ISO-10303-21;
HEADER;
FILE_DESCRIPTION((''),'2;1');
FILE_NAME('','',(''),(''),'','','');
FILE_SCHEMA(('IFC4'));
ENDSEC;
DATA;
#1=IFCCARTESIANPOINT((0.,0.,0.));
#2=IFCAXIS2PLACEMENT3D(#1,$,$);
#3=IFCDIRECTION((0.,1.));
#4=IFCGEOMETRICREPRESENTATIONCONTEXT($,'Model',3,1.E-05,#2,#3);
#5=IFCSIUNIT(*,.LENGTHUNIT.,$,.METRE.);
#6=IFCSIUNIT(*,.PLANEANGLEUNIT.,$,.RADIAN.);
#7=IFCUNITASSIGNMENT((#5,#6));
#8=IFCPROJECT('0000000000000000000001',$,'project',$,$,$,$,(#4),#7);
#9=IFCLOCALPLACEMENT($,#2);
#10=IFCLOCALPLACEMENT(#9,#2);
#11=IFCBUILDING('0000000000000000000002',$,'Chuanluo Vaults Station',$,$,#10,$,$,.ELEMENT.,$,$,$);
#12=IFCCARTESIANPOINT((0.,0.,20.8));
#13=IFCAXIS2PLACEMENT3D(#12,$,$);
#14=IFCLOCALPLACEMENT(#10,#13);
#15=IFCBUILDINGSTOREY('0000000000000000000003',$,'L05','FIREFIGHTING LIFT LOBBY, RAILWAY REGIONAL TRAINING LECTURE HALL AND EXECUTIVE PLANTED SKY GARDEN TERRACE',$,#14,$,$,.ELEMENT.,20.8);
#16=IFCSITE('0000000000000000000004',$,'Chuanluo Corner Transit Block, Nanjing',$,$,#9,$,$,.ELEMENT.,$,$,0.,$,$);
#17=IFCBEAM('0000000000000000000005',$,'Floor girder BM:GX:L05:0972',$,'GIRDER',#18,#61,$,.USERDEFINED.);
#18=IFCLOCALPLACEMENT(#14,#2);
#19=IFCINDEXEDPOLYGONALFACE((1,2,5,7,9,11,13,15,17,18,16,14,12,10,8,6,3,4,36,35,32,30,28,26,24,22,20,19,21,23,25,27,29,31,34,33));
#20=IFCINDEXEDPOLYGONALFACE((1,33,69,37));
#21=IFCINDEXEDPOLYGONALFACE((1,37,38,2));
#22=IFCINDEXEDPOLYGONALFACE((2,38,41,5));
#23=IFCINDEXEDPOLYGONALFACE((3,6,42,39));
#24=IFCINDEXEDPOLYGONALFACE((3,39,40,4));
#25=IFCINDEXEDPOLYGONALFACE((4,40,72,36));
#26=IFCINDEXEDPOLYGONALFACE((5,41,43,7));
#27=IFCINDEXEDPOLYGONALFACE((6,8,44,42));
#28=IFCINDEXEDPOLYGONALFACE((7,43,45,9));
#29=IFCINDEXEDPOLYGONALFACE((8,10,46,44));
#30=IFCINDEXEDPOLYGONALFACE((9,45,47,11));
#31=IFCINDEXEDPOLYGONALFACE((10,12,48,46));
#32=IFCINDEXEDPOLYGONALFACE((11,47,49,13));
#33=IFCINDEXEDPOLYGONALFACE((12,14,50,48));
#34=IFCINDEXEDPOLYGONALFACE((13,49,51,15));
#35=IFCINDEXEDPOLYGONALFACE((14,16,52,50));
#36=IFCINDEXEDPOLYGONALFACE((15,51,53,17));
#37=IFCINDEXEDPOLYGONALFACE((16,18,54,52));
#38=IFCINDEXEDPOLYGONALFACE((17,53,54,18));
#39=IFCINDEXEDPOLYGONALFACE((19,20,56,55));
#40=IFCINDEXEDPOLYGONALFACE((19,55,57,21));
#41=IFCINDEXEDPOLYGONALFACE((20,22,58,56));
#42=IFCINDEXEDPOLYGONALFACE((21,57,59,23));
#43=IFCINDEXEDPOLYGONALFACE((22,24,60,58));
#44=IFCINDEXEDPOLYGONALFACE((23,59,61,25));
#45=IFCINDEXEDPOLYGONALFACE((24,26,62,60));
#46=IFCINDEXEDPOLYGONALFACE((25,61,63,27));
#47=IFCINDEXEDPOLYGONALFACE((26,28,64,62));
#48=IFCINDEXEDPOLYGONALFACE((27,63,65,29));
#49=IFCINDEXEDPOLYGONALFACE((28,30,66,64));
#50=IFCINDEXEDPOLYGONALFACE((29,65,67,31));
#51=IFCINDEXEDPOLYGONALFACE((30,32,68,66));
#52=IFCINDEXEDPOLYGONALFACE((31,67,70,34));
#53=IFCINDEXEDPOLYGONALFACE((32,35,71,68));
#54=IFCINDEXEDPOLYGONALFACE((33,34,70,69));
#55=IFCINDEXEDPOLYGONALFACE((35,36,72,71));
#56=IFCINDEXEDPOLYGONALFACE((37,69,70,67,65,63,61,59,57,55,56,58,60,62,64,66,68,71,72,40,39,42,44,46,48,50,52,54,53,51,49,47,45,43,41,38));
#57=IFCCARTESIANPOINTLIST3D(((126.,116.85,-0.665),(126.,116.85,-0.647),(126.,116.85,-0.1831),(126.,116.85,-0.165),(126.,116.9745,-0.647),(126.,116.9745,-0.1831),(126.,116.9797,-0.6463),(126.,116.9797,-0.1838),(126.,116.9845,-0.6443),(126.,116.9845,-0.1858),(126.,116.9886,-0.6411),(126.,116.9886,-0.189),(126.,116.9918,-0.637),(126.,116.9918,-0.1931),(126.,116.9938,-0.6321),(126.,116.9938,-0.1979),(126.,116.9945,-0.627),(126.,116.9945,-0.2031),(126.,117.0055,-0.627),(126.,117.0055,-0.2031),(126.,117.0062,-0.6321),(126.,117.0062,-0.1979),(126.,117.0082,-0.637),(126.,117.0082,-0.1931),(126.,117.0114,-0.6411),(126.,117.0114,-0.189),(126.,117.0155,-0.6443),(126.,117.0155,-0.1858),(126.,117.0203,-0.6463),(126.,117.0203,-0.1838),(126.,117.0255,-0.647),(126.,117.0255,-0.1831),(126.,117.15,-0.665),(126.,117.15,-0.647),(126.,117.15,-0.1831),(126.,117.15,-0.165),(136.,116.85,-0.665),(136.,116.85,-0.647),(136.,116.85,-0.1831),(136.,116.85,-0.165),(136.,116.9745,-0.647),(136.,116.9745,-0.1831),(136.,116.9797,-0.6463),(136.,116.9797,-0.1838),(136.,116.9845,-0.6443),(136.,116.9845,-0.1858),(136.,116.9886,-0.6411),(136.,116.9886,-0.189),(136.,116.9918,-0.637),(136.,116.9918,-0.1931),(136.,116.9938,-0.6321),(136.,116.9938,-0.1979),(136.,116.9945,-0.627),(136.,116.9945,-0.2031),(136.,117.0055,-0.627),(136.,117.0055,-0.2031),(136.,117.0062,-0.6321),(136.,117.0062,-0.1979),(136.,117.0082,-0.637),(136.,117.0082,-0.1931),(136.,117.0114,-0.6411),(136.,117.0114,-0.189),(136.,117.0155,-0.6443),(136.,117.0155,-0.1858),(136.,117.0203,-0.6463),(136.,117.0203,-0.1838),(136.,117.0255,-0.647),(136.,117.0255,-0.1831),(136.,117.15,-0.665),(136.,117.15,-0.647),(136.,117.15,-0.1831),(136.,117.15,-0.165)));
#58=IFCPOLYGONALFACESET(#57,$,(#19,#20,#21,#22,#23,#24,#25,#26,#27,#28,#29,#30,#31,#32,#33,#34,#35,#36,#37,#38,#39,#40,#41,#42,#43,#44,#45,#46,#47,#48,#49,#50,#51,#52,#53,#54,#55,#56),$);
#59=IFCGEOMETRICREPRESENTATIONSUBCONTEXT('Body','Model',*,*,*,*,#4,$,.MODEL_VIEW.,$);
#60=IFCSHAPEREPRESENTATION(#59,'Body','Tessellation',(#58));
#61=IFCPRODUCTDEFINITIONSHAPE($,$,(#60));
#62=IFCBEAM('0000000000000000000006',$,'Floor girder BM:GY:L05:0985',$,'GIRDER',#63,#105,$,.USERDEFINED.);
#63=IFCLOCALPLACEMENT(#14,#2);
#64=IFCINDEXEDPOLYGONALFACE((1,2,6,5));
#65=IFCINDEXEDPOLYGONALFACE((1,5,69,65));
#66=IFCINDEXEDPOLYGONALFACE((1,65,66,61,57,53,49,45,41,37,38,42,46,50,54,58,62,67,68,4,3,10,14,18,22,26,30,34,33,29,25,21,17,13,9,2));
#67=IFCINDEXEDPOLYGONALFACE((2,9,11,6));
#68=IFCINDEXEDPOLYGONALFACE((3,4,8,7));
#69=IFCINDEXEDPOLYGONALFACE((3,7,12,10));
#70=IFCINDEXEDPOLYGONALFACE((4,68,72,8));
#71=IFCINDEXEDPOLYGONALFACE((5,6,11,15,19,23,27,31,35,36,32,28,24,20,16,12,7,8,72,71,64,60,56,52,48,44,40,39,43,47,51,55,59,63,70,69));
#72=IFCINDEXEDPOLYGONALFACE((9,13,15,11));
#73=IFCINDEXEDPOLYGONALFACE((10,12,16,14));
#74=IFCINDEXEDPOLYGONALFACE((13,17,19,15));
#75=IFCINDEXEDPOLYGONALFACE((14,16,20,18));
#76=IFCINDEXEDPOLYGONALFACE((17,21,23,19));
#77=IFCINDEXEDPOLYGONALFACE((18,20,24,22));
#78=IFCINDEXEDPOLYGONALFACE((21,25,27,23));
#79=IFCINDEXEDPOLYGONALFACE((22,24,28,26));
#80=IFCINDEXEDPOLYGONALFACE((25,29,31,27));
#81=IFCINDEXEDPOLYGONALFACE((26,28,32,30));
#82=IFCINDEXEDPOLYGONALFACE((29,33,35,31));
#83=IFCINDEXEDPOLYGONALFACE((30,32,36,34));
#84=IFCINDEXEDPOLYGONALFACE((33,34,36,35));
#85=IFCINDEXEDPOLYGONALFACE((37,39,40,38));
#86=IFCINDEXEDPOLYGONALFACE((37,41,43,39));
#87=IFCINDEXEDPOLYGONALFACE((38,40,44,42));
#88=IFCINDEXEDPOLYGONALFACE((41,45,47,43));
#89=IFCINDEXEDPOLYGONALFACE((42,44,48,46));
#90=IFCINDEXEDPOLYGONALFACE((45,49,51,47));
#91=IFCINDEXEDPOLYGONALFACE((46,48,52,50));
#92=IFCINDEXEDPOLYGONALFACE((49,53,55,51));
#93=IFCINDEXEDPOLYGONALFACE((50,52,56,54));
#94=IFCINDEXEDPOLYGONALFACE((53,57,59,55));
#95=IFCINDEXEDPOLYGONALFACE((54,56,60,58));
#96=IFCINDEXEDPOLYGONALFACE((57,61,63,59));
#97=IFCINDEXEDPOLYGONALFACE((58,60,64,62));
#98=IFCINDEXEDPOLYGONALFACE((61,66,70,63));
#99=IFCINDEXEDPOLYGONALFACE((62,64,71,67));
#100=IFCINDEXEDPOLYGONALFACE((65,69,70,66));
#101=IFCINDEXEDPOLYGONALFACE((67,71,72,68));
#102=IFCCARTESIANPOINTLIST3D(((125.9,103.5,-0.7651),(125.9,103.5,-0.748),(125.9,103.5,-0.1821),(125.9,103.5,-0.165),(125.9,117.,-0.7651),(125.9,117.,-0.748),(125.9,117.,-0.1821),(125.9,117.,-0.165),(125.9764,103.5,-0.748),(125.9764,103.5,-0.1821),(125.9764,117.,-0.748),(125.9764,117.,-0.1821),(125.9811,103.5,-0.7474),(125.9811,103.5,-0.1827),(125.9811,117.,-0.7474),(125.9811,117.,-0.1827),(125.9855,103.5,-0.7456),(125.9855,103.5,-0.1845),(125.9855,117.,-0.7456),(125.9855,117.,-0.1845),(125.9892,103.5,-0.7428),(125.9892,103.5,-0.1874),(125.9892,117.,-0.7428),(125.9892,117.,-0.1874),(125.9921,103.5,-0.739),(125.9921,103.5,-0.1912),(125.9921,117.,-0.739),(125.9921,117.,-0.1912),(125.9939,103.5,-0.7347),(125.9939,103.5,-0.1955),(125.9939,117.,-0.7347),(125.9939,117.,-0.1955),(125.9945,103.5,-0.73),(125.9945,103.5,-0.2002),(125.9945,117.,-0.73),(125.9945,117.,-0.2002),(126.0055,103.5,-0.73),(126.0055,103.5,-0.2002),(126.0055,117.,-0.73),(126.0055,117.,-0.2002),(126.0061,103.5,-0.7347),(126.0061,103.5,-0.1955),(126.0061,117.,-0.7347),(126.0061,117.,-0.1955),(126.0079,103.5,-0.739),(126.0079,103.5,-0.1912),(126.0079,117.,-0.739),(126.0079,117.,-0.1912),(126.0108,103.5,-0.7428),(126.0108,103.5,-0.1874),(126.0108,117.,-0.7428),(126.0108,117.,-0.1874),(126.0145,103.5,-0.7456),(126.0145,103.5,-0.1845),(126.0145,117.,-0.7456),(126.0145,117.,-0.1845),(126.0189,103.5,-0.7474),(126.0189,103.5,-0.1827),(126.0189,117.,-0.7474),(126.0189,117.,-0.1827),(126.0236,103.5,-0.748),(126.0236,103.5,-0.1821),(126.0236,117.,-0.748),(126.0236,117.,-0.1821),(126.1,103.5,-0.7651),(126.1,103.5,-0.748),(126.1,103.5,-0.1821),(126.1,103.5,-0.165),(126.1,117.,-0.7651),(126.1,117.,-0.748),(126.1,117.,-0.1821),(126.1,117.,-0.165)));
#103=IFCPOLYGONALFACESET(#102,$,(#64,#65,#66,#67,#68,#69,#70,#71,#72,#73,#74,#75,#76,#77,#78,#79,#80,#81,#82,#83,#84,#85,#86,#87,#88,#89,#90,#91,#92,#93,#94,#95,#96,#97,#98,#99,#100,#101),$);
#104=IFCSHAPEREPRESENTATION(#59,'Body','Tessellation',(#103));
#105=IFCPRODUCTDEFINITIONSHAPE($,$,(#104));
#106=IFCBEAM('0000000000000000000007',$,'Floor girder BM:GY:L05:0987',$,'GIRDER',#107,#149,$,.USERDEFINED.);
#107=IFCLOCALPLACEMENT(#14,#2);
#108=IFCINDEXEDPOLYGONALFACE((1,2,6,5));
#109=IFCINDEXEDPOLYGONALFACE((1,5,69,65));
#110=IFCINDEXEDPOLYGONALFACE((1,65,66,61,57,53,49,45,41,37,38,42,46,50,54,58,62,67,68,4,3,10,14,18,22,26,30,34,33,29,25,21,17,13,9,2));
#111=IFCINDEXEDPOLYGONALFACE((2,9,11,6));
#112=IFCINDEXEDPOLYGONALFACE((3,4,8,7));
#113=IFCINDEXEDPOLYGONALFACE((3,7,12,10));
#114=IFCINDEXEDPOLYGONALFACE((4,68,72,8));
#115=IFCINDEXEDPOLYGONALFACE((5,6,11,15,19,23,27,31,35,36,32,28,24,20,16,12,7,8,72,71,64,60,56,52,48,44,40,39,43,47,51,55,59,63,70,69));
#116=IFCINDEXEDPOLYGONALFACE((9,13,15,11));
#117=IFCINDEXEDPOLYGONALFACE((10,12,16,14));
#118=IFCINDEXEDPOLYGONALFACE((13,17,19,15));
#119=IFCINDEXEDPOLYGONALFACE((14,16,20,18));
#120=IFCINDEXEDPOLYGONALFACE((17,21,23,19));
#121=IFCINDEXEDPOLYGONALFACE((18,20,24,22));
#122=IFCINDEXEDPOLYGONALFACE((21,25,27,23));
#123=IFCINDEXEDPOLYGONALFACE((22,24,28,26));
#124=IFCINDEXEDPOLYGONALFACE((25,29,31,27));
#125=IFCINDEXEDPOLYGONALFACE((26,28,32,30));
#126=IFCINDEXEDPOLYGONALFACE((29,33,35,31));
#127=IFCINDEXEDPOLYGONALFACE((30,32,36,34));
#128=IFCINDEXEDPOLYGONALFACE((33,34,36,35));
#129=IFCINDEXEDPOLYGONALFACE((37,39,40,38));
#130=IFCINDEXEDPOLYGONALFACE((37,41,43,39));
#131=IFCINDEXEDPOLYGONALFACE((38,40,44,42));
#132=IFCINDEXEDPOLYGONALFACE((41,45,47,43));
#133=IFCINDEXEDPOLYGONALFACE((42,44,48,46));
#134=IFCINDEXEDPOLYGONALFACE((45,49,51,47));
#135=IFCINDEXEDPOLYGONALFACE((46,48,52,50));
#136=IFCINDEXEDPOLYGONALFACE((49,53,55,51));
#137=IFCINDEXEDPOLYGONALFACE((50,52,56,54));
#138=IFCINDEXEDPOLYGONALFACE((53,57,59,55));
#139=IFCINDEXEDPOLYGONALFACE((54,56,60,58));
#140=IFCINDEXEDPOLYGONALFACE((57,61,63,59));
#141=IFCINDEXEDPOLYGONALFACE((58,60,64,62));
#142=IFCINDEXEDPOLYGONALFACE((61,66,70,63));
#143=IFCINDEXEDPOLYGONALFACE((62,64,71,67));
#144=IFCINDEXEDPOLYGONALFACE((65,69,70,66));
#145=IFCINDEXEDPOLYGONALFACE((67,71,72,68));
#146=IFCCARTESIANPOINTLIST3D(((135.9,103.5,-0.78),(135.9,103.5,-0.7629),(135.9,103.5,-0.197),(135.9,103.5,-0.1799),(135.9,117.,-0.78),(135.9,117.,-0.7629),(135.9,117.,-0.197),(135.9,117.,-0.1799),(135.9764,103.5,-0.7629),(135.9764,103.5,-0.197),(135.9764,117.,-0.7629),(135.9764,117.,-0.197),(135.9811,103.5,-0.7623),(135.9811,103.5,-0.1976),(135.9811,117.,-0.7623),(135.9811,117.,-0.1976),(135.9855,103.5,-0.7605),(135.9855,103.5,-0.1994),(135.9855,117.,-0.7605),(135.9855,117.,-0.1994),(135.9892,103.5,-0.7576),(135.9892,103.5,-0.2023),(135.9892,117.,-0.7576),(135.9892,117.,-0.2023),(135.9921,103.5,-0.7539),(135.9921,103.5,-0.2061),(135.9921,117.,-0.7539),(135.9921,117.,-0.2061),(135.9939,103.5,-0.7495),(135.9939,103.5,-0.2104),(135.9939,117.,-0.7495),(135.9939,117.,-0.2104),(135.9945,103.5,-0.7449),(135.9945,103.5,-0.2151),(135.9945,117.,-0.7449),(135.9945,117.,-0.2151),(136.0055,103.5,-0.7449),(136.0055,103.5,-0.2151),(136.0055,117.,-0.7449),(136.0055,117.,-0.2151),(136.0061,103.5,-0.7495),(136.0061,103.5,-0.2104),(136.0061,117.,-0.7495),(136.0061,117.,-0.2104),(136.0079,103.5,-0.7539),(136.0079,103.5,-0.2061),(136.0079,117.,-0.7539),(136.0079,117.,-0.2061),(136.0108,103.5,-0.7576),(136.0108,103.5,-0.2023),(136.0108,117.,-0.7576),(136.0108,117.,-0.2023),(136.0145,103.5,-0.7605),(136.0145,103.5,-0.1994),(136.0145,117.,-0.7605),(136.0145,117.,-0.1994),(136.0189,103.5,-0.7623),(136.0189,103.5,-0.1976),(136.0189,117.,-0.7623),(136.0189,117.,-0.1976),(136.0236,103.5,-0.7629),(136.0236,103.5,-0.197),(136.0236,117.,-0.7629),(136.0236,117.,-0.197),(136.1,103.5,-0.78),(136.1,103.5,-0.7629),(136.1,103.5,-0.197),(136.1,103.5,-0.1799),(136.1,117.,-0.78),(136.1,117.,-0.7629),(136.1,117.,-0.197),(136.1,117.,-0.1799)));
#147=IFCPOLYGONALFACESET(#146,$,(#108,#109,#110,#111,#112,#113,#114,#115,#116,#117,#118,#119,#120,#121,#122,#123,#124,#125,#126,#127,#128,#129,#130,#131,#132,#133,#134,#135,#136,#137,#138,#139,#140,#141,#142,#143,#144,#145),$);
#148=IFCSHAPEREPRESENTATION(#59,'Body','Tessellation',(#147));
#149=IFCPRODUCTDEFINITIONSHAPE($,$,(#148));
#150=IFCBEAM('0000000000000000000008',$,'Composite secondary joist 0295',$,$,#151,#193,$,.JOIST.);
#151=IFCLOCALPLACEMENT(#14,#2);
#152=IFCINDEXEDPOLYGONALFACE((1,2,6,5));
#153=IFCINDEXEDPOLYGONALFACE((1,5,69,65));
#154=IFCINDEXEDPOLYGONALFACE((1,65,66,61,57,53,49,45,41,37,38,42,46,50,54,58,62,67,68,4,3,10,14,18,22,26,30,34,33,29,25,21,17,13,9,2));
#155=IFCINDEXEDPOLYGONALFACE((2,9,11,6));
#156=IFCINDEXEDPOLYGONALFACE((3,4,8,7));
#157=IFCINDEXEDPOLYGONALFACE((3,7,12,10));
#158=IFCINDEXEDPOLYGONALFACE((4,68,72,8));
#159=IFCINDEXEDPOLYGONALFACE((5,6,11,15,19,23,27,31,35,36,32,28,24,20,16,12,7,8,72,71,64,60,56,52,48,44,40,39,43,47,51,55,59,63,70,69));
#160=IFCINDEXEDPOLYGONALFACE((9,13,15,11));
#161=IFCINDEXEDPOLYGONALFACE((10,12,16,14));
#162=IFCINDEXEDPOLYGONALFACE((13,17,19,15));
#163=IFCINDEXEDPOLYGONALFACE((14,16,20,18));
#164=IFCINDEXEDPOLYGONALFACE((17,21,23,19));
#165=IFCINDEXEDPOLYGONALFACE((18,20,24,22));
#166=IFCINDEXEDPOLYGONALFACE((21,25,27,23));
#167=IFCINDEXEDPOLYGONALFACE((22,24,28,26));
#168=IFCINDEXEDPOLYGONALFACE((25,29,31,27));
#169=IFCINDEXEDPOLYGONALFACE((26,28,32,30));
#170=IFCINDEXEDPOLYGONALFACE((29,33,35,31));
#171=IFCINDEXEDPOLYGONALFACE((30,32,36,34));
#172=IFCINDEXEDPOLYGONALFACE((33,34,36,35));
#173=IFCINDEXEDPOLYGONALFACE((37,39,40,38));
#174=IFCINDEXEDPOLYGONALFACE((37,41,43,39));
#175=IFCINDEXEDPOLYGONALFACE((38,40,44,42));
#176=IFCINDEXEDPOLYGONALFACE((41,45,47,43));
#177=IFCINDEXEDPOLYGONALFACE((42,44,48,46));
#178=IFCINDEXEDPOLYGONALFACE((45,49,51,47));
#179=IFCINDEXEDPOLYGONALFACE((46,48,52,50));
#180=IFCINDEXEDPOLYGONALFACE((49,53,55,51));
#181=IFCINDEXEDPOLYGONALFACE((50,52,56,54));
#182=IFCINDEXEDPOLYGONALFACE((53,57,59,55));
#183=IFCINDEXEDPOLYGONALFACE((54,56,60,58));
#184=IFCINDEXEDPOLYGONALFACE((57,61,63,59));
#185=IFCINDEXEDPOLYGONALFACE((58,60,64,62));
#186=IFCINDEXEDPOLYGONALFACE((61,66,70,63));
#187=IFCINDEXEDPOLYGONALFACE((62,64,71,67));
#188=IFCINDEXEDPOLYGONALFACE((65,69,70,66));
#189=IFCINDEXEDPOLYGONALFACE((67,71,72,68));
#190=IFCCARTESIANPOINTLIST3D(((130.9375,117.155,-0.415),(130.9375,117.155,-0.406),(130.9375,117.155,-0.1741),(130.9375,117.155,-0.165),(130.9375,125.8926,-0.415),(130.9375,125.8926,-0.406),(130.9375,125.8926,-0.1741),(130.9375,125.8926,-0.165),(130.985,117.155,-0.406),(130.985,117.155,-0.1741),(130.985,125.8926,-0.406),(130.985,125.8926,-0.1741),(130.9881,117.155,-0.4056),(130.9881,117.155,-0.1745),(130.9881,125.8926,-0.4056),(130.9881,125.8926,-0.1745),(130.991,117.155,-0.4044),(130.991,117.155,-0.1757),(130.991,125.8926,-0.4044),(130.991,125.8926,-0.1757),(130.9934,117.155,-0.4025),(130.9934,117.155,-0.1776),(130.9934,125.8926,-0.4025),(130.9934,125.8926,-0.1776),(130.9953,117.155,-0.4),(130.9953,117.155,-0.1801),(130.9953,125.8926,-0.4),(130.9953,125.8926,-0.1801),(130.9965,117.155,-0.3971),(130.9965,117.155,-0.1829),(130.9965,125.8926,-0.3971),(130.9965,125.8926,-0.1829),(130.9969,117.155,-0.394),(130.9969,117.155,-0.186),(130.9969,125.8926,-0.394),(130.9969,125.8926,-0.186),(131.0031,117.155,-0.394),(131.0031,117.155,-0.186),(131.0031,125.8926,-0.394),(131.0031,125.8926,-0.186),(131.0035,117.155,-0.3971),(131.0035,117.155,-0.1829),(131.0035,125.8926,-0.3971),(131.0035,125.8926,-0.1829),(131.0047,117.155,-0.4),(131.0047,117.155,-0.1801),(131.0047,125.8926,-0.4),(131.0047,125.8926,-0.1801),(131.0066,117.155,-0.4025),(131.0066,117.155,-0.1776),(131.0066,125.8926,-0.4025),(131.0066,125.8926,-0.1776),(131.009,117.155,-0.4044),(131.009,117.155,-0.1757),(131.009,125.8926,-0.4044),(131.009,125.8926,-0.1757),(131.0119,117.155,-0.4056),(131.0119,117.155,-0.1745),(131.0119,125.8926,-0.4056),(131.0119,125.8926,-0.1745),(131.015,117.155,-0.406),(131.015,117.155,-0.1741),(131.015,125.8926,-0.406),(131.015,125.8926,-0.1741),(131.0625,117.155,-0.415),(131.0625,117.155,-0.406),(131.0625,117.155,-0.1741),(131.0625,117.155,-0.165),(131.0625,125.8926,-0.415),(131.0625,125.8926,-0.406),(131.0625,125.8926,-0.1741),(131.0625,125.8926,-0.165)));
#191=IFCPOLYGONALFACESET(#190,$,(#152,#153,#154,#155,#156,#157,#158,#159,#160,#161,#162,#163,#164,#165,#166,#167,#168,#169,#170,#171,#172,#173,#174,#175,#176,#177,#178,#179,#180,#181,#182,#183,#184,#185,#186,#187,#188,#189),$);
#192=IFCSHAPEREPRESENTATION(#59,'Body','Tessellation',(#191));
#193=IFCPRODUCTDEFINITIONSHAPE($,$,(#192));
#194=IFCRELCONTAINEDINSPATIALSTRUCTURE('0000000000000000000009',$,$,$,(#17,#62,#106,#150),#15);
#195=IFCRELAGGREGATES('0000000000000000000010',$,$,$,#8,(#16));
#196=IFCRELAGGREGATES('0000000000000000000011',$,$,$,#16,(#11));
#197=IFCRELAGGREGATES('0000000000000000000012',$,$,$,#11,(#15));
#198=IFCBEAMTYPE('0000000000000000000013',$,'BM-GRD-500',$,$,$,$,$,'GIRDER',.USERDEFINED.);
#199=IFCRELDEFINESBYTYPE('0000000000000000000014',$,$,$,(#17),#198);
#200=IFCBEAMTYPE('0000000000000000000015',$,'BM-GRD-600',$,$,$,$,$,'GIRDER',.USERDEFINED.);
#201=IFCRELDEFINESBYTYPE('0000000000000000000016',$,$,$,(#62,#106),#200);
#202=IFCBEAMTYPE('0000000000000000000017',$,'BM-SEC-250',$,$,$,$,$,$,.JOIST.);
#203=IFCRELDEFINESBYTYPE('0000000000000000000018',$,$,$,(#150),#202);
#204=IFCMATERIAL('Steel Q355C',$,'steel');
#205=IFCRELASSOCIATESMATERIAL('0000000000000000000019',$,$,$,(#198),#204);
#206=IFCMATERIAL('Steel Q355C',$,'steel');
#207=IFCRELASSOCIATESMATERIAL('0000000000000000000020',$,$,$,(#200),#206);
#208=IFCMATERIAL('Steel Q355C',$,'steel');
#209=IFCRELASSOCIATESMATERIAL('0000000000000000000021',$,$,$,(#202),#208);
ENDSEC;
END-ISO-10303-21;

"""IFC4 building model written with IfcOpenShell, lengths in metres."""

from ifc_helpers import new_model, si_unit, direction, frame, origin, origin_2d, place, context, subcontext, project, spatial, i_section, extrude, material, material_profile, profile_set, type_object, element, save


model = new_model("IFC4")

# Units and contexts
model_context = context("Model", 3, precision=1e-05, world=origin(), true_north=direction((0.0, 1.0)))
body_context = subcontext(model_context, "Body", "Model", "MODEL_VIEW")
ifc_project = project(units=[si_unit("LENGTHUNIT", "METRE"), si_unit("PLANEANGLEUNIT", "RADIAN")], contexts=[model_context])

# Site, building, storey
site_placement = place(None, origin())
site = spatial("IfcSite", under=ifc_project, at=site_placement, Name="Chuanluo Corner Transit Block, Nanjing", CompositionType="ELEMENT", RefElevation=0.0)
building_placement = place(site_placement, origin())
building = spatial("IfcBuilding", under=site, at=building_placement, Name="Chuanluo Vaults Station", CompositionType="ELEMENT")
storey_placement = place(building_placement, frame((0.0, 0.0, 20.8)))
storey = spatial("IfcBuildingStorey", under=building, at=storey_placement, Name="L05", Description="FIREFIGHTING LIFT LOBBY, RAILWAY REGIONAL TRAINING LECTURE HALL AND EXECUTIVE PLANTED SKY GARDEN TERRACE", CompositionType="ELEMENT", Elevation=20.8)

# Beams
ifc_material_1 = material(Name="Steel Q355C", Category="steel")
ifc_material_profile_1 = material_profile(ifc_material_1, i_section(OverallWidth=0.3, OverallDepth=0.5, WebThickness=0.011, FlangeThickness=0.0181, FilletRadius=0.02, at=origin_2d()))
ifc_profile_set_1 = profile_set([ifc_material_profile_1], Name="Steel Q355C")
beam_type_1 = type_object("IfcBeamType", Name="BM-GRD-500", ElementType="GIRDER", PredefinedType="USERDEFINED", material=ifc_profile_set_1)
for number, where, z_axis, x_axis, name in (
    (1, (126.0, 117.0, -0.415), (1.0, 0.0, 0.0), (0.0, 1.0, 0.0), "Floor girder BM:GX:L05:0972"),
):
    element("IfcBeam", number, at=place(storey_placement, frame(where, z_axis=z_axis, x_axis=x_axis)), inside=storey, type_object=beam_type_1, Name=name, ObjectType="GIRDER", PredefinedType="USERDEFINED", context=body_context, shape_type="SweptSolid", body=[
        extrude(i_section(OverallWidth=0.3, OverallDepth=0.5, WebThickness=0.011, FlangeThickness=0.0181, FilletRadius=0.02, at=origin_2d()), origin(), (0.0, 0.0, 1.0), 10.0),
    ])
ifc_material_2 = material(Name="Steel Q355C", Category="steel")
ifc_material_profile_2 = material_profile(ifc_material_2, i_section(OverallWidth=0.2, OverallDepth=0.6001, WebThickness=0.011, FlangeThickness=0.0171, FilletRadius=0.0181, at=origin_2d()))
ifc_profile_set_2 = profile_set([ifc_material_profile_2], Name="Steel Q355C")
beam_type_2 = type_object("IfcBeamType", Name="BM-GRD-600", ElementType="GIRDER", PredefinedType="USERDEFINED", material=ifc_profile_set_2)
for number, where, z_axis, x_axis, name in (
    (2, (126.0, 103.5, -0.4651), (0.0, 1.0, 0.0), (-1.0, 0.0, 0.0), "Floor girder BM:GY:L05:0985"),
    (3, (136.0, 103.5, -0.48), (0.0, 1.0, 0.0), (-1.0, 0.0, 0.0), "Floor girder BM:GY:L05:0987"),
):
    element("IfcBeam", number, at=place(storey_placement, frame(where, z_axis=z_axis, x_axis=x_axis)), inside=storey, type_object=beam_type_2, Name=name, ObjectType="GIRDER", PredefinedType="USERDEFINED", context=body_context, shape_type="SweptSolid", body=[
        extrude(i_section(OverallWidth=0.2, OverallDepth=0.6001, WebThickness=0.011, FlangeThickness=0.0171, FilletRadius=0.0181, at=origin_2d()), origin(), (0.0, 0.0, 1.0), 13.5),
    ])
ifc_material_3 = material(Name="Steel Q355C", Category="steel")
ifc_material_profile_3 = material_profile(ifc_material_3, i_section(OverallWidth=0.125, OverallDepth=0.25, WebThickness=0.0061, FlangeThickness=0.009, FilletRadius=0.012, at=origin_2d()))
ifc_profile_set_3 = profile_set([ifc_material_profile_3], Name="Steel Q355C")
beam_type_3 = type_object("IfcBeamType", Name="BM-SEC-250", PredefinedType="JOIST", material=ifc_profile_set_3)
beam_1_placement = place(storey_placement, frame((131.0, 117.155, -0.29), z_axis=(0.0, 1.0, 0.0), x_axis=(-1.0, 0.0, 0.0)))
element("IfcBeam", 4, at=beam_1_placement, inside=storey, type_object=beam_type_3, Name="Composite secondary joist 0295", PredefinedType="JOIST", context=body_context, shape_type="SweptSolid", body=[
    extrude(i_section(OverallWidth=0.125, OverallDepth=0.25, WebThickness=0.0061, FlangeThickness=0.009, FilletRadius=0.012, at=origin_2d()), origin(), (0.0, 0.0, 1.0), 8.7375),
])

save(model, "model.ifc")
